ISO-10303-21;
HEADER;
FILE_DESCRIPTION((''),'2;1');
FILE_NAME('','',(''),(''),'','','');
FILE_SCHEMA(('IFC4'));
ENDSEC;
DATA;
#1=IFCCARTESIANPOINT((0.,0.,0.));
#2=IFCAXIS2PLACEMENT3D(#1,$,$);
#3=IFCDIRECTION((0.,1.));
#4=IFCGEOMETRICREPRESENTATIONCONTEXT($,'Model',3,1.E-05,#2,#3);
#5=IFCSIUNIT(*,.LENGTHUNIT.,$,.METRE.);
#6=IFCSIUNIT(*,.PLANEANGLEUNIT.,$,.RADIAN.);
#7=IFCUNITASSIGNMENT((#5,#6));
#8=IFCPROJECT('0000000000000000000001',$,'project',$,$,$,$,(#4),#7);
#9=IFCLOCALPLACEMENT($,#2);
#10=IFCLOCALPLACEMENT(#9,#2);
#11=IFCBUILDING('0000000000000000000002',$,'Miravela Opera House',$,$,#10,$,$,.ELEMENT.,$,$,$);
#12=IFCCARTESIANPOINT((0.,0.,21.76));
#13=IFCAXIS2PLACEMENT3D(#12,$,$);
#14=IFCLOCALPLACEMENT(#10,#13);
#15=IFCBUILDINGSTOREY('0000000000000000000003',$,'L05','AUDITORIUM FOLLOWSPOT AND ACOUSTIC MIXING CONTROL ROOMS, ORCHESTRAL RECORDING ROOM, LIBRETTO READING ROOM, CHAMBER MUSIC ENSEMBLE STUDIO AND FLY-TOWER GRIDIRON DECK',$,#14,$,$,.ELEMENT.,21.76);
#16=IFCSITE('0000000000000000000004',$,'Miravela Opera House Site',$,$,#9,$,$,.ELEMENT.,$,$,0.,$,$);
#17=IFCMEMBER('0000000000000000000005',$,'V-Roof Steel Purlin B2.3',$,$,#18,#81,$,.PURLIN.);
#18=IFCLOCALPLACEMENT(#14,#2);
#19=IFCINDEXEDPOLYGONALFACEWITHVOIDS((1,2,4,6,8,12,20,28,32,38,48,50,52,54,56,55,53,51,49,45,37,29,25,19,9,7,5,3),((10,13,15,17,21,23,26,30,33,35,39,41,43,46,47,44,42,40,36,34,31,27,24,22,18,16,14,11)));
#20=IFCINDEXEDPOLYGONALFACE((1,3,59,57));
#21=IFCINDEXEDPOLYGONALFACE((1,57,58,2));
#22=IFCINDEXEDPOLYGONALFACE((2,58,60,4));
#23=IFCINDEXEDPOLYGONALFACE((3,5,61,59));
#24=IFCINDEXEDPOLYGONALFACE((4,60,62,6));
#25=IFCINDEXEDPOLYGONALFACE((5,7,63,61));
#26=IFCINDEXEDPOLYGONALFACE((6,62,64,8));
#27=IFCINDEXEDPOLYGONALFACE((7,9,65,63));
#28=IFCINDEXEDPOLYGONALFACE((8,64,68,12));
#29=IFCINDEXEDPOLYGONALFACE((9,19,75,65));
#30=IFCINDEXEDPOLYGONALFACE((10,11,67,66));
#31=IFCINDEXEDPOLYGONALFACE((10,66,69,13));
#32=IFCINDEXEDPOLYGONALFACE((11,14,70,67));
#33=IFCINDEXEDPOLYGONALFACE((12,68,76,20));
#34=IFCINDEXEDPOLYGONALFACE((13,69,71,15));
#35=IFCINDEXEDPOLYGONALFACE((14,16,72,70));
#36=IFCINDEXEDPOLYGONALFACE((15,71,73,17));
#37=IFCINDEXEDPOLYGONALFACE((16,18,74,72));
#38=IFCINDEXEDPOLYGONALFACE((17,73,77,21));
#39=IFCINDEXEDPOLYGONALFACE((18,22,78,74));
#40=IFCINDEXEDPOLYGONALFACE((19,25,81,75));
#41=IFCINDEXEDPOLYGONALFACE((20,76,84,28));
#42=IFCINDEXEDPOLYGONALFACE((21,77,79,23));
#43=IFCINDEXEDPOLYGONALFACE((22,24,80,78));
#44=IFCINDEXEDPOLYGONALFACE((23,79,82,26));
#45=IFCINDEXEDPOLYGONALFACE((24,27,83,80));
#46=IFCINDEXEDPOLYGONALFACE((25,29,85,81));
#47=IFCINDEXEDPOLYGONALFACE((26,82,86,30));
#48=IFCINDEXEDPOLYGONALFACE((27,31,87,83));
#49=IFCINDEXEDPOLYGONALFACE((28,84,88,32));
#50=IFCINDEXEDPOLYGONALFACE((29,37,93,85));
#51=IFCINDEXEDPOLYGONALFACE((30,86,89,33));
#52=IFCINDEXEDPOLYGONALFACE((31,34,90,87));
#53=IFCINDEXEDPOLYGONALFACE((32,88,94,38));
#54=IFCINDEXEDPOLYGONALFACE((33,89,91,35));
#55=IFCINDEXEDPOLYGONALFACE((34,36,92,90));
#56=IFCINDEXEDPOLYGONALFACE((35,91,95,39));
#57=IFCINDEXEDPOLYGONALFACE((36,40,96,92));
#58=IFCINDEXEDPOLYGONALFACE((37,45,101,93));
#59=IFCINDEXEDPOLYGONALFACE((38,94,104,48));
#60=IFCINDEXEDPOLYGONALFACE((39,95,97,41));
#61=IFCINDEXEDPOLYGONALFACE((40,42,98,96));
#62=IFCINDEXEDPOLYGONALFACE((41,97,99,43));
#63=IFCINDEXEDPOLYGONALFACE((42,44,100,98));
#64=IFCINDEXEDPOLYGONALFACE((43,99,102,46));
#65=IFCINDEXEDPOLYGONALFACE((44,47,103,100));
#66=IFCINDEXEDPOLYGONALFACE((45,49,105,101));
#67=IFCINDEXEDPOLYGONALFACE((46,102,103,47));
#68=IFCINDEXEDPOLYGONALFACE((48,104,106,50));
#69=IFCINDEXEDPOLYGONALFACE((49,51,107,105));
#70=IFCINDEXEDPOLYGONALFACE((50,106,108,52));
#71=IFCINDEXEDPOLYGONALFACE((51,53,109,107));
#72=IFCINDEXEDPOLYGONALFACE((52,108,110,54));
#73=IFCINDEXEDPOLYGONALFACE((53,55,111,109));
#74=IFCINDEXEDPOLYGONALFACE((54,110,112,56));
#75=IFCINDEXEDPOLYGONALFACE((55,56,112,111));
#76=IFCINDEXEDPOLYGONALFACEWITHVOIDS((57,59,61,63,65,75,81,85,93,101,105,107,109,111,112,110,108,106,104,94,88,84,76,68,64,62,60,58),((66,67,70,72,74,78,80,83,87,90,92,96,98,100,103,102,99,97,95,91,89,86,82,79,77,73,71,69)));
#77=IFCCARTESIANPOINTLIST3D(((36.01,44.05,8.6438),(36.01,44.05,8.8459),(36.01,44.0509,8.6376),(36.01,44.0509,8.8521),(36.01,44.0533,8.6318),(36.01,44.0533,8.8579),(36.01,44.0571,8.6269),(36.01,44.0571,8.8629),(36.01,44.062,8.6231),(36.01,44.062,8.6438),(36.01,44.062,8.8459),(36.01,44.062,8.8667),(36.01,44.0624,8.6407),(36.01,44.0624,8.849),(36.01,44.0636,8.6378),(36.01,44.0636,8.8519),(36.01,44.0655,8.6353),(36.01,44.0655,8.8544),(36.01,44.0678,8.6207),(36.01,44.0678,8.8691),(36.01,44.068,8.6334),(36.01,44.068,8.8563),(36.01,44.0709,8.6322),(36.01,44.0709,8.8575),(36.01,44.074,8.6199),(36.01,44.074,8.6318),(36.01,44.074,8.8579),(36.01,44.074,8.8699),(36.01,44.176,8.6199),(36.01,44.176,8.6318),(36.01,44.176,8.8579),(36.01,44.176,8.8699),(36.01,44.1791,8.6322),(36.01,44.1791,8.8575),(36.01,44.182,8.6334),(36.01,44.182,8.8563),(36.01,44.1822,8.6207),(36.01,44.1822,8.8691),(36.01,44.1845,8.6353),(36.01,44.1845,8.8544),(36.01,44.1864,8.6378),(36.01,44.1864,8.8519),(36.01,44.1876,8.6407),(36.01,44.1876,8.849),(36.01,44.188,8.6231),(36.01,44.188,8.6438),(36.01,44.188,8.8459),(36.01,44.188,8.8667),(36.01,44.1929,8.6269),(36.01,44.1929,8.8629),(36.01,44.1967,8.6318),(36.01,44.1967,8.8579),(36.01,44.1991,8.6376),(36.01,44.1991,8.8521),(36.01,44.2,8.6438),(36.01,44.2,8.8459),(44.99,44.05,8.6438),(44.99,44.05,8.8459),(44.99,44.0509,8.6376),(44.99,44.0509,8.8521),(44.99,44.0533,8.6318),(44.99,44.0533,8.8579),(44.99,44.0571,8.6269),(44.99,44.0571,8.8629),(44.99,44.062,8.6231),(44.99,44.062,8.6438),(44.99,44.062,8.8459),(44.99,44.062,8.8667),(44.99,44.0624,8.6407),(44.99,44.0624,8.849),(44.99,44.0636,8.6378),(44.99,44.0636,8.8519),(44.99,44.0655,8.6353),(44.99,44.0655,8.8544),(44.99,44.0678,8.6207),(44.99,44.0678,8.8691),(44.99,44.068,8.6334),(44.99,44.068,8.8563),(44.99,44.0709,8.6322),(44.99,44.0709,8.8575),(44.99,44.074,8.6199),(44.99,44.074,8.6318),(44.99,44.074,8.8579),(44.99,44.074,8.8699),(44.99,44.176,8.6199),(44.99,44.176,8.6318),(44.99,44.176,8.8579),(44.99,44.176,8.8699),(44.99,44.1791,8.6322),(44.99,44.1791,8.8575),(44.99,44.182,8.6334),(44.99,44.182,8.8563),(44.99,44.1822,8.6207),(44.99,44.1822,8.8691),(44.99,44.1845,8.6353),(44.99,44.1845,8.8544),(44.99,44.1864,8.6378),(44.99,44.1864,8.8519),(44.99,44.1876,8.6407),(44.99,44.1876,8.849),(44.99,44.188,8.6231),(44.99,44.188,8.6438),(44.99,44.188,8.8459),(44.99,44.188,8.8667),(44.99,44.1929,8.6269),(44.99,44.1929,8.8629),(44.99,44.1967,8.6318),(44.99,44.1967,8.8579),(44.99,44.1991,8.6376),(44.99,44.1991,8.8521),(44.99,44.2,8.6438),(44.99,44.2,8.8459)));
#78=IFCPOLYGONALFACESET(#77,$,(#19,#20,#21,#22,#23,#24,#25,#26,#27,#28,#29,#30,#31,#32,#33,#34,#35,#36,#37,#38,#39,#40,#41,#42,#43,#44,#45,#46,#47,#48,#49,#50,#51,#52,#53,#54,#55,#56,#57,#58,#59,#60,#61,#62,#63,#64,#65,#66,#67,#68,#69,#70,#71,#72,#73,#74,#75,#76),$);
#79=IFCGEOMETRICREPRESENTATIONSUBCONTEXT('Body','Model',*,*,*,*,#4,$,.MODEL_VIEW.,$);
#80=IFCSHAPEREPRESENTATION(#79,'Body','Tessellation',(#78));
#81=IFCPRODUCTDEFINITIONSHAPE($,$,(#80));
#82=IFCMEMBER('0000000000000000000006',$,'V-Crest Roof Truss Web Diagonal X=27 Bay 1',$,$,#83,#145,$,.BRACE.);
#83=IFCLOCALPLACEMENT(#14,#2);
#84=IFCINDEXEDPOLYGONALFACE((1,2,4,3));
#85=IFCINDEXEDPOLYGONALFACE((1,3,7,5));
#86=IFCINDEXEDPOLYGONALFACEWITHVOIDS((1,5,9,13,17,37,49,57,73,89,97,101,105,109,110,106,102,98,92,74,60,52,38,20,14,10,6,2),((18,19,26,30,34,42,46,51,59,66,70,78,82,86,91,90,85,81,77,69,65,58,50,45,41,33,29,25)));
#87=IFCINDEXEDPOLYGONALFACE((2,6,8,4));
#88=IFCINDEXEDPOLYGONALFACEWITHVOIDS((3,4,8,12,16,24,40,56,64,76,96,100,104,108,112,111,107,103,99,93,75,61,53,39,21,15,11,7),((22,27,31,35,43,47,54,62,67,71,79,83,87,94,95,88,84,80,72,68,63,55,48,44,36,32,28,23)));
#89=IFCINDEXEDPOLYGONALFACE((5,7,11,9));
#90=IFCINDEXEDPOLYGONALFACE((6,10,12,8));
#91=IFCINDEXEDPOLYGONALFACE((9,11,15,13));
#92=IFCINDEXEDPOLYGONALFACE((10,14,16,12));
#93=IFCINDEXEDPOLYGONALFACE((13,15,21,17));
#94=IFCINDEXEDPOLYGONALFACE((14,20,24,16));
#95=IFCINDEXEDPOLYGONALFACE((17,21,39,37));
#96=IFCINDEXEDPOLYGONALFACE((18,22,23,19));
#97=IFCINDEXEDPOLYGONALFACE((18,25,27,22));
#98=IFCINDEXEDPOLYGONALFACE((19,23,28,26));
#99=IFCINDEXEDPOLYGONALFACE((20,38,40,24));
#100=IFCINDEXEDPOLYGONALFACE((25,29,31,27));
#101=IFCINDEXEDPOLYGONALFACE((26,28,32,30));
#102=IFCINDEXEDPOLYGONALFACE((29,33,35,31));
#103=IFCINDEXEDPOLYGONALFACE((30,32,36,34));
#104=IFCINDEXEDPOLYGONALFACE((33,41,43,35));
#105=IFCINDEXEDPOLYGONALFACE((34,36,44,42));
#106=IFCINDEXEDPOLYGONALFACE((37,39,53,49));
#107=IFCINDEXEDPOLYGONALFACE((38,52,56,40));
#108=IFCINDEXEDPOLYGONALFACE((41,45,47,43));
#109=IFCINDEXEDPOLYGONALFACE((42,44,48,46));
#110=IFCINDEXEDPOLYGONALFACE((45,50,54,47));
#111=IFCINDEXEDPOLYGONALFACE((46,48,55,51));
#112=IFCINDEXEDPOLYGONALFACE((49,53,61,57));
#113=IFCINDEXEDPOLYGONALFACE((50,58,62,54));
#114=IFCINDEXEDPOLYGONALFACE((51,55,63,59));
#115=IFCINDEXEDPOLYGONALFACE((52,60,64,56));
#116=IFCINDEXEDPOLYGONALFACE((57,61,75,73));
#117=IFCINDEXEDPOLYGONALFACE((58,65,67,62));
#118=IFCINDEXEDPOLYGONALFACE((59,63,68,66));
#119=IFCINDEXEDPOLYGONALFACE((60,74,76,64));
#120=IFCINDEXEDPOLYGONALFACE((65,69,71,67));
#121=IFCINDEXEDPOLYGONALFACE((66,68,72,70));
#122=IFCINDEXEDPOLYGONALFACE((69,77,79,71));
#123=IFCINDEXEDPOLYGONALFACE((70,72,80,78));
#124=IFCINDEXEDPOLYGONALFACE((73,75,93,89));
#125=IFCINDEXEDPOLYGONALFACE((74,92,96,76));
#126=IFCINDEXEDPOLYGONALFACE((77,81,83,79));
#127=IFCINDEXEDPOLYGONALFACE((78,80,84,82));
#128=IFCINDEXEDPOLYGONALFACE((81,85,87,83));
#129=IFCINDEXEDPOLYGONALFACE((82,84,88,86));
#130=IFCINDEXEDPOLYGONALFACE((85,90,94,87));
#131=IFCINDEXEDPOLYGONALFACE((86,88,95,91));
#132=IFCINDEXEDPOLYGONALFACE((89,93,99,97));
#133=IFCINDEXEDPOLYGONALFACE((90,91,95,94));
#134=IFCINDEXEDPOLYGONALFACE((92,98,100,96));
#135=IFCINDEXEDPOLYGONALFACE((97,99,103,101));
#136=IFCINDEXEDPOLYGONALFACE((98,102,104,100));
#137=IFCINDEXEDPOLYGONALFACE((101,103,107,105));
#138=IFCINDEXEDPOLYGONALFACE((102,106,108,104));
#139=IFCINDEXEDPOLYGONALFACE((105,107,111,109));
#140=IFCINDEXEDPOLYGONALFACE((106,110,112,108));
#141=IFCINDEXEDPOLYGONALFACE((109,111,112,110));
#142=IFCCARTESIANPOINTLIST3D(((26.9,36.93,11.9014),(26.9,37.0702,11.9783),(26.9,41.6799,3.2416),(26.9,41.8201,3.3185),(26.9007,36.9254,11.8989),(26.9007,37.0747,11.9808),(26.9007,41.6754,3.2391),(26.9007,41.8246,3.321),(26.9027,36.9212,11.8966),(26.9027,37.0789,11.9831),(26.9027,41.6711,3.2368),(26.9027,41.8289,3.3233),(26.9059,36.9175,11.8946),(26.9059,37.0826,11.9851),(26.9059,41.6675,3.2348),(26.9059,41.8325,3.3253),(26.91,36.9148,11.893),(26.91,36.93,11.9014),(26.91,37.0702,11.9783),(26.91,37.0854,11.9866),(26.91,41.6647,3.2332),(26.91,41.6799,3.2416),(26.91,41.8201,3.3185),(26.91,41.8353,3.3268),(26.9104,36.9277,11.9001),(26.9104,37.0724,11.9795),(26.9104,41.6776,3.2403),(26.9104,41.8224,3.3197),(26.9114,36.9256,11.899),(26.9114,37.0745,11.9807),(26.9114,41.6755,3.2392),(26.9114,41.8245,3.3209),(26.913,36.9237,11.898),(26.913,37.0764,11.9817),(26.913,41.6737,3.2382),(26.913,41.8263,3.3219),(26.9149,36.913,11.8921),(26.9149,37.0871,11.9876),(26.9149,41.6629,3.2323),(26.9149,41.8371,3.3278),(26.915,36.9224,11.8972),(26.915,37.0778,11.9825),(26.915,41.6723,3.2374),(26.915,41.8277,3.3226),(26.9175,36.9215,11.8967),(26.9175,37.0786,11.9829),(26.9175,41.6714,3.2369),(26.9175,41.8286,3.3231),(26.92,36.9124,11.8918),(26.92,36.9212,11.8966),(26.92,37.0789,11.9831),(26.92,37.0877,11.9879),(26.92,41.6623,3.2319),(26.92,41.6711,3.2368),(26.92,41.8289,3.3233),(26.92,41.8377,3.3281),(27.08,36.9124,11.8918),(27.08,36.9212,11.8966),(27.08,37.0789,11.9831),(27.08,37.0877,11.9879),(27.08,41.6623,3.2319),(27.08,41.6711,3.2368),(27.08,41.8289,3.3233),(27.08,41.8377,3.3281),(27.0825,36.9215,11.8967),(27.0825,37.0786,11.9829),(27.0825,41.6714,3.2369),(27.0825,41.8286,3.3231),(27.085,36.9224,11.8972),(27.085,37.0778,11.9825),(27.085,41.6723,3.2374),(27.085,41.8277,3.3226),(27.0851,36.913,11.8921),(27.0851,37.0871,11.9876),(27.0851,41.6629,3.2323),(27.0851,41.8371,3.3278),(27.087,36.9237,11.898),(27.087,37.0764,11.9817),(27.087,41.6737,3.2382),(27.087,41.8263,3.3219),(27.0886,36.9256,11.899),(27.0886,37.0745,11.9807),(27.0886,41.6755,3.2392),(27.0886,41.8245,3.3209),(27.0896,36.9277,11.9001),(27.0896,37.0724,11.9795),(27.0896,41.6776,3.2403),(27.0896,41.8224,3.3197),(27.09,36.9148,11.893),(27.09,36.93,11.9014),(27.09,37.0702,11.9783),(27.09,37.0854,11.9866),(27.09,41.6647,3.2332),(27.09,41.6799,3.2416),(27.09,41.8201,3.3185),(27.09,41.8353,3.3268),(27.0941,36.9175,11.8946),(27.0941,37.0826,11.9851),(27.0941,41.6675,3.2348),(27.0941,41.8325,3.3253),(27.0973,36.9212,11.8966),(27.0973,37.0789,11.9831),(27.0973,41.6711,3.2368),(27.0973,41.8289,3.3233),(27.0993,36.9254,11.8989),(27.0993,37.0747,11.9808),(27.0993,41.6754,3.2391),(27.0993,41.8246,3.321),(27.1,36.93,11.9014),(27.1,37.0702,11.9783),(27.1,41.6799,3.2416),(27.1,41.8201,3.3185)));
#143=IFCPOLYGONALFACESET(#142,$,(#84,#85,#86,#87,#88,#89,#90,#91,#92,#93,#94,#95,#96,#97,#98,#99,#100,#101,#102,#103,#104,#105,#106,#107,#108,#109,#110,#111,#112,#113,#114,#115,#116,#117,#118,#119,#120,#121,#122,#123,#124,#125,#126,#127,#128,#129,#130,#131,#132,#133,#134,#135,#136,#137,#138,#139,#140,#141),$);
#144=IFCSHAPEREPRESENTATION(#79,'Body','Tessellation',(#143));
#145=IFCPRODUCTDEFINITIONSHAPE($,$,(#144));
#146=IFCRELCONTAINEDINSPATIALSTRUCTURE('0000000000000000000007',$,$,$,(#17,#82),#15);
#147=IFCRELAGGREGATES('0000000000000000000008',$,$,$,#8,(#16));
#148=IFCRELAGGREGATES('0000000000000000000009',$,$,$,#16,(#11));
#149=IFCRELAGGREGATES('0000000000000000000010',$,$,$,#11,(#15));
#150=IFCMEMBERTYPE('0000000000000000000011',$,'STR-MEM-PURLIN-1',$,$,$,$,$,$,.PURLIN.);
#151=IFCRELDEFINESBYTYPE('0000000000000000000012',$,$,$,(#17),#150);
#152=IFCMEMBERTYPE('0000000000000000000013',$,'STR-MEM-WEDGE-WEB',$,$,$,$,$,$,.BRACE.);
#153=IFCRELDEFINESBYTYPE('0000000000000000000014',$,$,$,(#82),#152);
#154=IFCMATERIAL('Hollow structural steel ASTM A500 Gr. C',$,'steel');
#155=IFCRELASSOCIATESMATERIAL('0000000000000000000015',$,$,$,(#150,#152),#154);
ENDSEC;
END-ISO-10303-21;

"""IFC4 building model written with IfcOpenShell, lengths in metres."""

from ifc_helpers import new_model, si_unit, direction, frame, origin, origin_2d, place, context, subcontext, project, spatial, hollow_rectangle, extrude, material, material_profile, profile_set, type_object, element, save


model = new_model("IFC4")

# Units and contexts
model_context = context("Model", 3, precision=1e-05, world=origin(), true_north=direction((0.0, 1.0)))
body_context = subcontext(model_context, "Body", "Model", "MODEL_VIEW")
ifc_project = project(units=[si_unit("LENGTHUNIT", "METRE"), si_unit("PLANEANGLEUNIT", "RADIAN")], contexts=[model_context])

# Site, building, storey
site_placement = place(None, origin())
site = spatial("IfcSite", under=ifc_project, at=site_placement, Name="Miravela Opera House Site", CompositionType="ELEMENT", RefElevation=0.0)
building_placement = place(site_placement, origin())
building = spatial("IfcBuilding", under=site, at=building_placement, Name="Miravela Opera House", CompositionType="ELEMENT")
storey_placement = place(building_placement, frame((0.0, 0.0, 21.76)))
storey = spatial("IfcBuildingStorey", under=building, at=storey_placement, Name="L05", Description="AUDITORIUM FOLLOWSPOT AND ACOUSTIC MIXING CONTROL ROOMS, ORCHESTRAL RECORDING ROOM, LIBRETTO READING ROOM, CHAMBER MUSIC ENSEMBLE STUDIO AND FLY-TOWER GRIDIRON DECK", CompositionType="ELEMENT", Elevation=21.76)

# Members
ifc_material_1 = material(Name="Hollow structural steel ASTM A500 Gr. C", Category="steel")
ifc_material_profile_1 = material_profile(ifc_material_1, hollow_rectangle(XDim=0.1499, YDim=0.25, WallThickness=0.012, InnerFilletRadius=0.012, OuterFilletRadius=0.0239, at=origin_2d()), Name="HSS250X150X12")
ifc_profile_set_1 = profile_set([ifc_material_profile_1])
member_type_1 = type_object("IfcMemberType", Name="STR-MEM-PURLIN-1", PredefinedType="PURLIN", material=ifc_profile_set_1)
for number, where, z_axis, x_axis, name in (
    (1, (36.01, 44.125, 8.7449), (1.0, 0.0, 0.0), (0.0, 1.0, 0.0), "V-Roof Steel Purlin B2.3"),
):
    element("IfcMember", number, at=place(storey_placement, frame(where, z_axis=z_axis, x_axis=x_axis)), inside=storey, type_object=member_type_1, Name=name, PredefinedType="PURLIN", context=body_context, shape_type="SweptSolid", body=[
        extrude(hollow_rectangle(XDim=0.1499, YDim=0.25, WallThickness=0.012, InnerFilletRadius=0.012, OuterFilletRadius=0.0239, at=origin_2d()), origin(), (0.0, 0.0, 1.0), 8.98),
    ])
ifc_material_profile_2 = material_profile(ifc_material_1, hollow_rectangle(XDim=0.2, YDim=0.2, WallThickness=0.01, InnerFilletRadius=0.01, OuterFilletRadius=0.02, at=origin_2d()), Name="HSS200X200X10")
ifc_profile_set_2 = profile_set([ifc_material_profile_2])
member_type_2 = type_object("IfcMemberType", Name="STR-MEM-WEDGE-WEB", PredefinedType="BRACE", material=ifc_profile_set_2)
member_1_placement = place(storey_placement, frame((27.0, 41.75, 3.28), z_axis=(0.0, -0.480912, 0.876769), x_axis=(1.0, 0.0, 0.0)))
element("IfcMember", 2, at=member_1_placement, inside=storey, type_object=member_type_2, Name="V-Crest Roof Truss Web Diagonal X=27 Bay 1", PredefinedType="BRACE", context=body_context, shape_type="SweptSolid", body=[
    extrude(hollow_rectangle(XDim=0.2, YDim=0.2, WallThickness=0.01, InnerFilletRadius=0.01, OuterFilletRadius=0.02, at=origin_2d()), origin(), (0.0, 0.0, 1.0), 9.877),
])

save(model, "model.ifc")
